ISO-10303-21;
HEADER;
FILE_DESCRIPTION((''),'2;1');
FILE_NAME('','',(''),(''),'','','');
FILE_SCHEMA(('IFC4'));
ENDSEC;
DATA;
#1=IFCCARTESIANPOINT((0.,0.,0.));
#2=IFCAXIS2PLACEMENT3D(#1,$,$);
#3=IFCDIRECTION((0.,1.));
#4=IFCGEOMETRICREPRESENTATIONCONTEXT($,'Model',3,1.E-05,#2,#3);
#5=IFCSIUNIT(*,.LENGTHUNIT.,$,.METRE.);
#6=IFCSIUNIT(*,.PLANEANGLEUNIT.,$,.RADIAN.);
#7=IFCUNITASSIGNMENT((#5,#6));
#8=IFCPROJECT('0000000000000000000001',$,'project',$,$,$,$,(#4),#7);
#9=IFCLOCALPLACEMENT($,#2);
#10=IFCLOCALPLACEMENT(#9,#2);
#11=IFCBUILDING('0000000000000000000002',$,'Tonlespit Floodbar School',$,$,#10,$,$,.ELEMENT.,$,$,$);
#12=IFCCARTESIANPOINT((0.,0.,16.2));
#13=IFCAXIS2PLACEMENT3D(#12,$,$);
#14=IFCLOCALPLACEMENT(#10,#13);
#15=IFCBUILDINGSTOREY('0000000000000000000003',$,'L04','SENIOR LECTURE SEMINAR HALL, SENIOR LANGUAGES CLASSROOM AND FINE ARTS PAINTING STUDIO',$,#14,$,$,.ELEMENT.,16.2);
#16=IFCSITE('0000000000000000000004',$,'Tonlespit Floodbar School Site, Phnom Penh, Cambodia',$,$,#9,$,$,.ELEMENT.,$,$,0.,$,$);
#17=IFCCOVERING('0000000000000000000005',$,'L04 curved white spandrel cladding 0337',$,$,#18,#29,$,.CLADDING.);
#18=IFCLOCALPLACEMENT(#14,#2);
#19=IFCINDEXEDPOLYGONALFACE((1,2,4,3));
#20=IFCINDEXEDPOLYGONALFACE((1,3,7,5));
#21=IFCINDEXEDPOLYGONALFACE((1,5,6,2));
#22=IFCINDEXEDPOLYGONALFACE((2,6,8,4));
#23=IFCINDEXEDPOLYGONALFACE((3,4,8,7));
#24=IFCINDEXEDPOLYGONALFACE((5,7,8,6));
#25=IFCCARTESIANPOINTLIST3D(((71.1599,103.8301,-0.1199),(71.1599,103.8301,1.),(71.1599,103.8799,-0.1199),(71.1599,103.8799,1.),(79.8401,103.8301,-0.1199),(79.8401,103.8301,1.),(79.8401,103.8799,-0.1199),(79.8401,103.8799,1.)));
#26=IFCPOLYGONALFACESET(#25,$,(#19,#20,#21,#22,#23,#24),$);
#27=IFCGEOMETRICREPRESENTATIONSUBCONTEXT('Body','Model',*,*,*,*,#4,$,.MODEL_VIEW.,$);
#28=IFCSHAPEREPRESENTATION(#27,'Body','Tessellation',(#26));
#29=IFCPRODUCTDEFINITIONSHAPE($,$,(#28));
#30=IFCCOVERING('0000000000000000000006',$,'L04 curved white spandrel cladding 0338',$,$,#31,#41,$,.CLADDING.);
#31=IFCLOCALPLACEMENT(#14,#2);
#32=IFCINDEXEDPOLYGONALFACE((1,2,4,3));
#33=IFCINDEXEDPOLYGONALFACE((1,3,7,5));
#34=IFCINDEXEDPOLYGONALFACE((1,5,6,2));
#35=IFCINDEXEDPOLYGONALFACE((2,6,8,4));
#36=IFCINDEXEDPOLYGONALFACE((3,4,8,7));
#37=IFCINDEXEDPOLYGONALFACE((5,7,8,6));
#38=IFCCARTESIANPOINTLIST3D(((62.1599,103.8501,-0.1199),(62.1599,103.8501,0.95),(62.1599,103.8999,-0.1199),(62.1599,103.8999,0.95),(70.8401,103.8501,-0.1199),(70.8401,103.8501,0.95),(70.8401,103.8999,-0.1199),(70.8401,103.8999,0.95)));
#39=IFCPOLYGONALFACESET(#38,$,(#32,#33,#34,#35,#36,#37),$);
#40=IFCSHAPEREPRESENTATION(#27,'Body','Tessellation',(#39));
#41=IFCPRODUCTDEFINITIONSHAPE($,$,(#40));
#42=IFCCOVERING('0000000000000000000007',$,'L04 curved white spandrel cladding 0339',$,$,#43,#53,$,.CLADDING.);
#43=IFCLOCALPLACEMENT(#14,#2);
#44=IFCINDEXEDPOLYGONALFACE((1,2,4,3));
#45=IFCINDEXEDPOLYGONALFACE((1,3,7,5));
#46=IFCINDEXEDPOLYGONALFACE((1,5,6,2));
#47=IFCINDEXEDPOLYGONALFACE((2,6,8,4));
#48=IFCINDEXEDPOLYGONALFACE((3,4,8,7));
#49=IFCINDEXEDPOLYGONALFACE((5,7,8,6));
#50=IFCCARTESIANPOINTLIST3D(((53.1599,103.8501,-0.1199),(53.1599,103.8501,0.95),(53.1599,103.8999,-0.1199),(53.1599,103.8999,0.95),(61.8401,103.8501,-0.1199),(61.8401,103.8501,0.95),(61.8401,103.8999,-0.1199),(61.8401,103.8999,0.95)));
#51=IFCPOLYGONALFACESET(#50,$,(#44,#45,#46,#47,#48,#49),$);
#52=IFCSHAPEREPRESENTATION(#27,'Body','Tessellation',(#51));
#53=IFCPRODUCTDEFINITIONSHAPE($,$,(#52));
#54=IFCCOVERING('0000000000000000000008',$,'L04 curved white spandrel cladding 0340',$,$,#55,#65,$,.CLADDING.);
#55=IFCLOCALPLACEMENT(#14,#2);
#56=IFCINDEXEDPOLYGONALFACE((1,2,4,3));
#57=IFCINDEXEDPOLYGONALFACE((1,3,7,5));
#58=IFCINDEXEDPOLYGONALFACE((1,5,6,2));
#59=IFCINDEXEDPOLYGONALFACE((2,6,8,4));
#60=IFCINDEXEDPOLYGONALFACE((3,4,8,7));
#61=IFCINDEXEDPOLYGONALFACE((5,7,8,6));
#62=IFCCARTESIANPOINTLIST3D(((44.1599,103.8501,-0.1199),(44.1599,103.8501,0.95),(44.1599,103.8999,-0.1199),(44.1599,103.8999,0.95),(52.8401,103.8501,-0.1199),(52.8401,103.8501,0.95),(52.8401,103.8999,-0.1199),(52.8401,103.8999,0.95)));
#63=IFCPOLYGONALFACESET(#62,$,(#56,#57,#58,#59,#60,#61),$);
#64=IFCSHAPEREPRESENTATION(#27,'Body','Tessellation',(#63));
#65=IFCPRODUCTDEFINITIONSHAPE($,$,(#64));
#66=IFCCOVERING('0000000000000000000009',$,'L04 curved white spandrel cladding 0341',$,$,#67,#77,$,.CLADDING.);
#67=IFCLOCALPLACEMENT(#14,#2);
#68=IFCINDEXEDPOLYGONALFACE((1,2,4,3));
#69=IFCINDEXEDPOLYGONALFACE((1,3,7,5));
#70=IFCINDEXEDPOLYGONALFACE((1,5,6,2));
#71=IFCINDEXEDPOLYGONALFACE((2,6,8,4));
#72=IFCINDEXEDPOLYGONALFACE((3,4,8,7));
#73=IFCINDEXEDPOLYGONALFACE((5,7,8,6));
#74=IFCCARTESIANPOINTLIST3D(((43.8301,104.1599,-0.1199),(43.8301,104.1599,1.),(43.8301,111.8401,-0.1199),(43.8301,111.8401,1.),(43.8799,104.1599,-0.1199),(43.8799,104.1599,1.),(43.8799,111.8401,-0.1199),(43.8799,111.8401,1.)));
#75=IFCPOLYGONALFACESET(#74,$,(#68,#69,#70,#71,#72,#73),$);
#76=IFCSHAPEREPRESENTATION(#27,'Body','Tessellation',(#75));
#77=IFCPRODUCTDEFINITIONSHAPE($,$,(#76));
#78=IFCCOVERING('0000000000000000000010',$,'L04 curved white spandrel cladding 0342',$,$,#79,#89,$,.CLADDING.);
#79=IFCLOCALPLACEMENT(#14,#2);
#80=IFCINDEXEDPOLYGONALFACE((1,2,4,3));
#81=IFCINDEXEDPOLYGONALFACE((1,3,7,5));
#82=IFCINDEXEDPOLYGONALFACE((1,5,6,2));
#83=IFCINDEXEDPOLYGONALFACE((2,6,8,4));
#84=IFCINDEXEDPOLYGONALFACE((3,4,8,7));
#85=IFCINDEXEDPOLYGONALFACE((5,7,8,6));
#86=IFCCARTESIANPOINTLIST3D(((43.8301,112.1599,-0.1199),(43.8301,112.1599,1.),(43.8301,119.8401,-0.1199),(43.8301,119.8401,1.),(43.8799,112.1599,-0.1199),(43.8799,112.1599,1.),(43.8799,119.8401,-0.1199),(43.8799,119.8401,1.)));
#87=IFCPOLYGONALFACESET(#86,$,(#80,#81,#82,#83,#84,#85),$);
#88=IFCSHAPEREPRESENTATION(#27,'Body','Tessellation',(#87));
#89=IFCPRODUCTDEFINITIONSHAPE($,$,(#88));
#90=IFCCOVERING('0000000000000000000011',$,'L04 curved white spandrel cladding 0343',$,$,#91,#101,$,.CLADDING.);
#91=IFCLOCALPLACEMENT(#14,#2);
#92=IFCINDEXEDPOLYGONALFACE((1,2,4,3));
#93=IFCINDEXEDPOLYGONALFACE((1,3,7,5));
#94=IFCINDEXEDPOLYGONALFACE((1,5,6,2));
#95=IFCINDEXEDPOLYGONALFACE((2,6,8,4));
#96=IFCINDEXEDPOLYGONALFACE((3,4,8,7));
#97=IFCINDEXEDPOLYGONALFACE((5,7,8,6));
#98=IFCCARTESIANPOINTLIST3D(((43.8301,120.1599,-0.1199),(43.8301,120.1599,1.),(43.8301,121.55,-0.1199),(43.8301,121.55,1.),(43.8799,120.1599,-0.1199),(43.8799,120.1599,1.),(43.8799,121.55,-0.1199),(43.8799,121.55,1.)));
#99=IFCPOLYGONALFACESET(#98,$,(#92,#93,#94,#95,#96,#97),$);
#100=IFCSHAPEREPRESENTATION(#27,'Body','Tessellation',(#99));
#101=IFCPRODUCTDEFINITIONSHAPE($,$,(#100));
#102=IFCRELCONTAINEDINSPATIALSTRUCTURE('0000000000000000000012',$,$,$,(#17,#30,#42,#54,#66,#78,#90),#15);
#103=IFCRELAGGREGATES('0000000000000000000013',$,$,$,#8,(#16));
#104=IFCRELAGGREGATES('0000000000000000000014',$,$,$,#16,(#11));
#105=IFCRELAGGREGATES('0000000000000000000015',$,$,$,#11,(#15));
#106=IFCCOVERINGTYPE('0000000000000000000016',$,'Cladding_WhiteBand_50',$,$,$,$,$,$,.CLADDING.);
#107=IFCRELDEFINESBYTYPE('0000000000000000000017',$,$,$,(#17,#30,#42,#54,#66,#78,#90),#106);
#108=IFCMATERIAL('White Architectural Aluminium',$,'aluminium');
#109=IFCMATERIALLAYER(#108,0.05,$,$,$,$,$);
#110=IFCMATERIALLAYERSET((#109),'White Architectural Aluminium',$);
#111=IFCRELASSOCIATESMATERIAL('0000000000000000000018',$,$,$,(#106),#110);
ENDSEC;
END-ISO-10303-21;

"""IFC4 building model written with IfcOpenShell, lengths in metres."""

from ifc_helpers import new_model, si_unit, direction, frame, origin, place, context, subcontext, project, spatial, polyline, outline, extrude, material, layer, layer_set, type_object, element, save


model = new_model("IFC4")

# Units and contexts
model_context = context("Model", 3, precision=1e-05, world=origin(), true_north=direction((0.0, 1.0)))
body_context = subcontext(model_context, "Body", "Model", "MODEL_VIEW")
ifc_project = project(units=[si_unit("LENGTHUNIT", "METRE"), si_unit("PLANEANGLEUNIT", "RADIAN")], contexts=[model_context])

# Site, building, storey
site_placement = place(None, origin())
site = spatial("IfcSite", under=ifc_project, at=site_placement, Name="Tonlespit Floodbar School Site, Phnom Penh, Cambodia", CompositionType="ELEMENT", RefElevation=0.0)
building_placement = place(site_placement, origin())
building = spatial("IfcBuilding", under=site, at=building_placement, Name="Tonlespit Floodbar School", CompositionType="ELEMENT")
storey_placement = place(building_placement, frame((0.0, 0.0, 16.2)))
storey = spatial("IfcBuildingStorey", under=building, at=storey_placement, Name="L04", Description="SENIOR LECTURE SEMINAR HALL, SENIOR LANGUAGES CLASSROOM AND FINE ARTS PAINTING STUDIO", CompositionType="ELEMENT", Elevation=16.2)

# Coverings
ifc_material = material(Name="White Architectural Aluminium", Category="aluminium")
ifc_layer = layer(ifc_material, 0.05)
ifc_layer_set = layer_set([ifc_layer], Name="White Architectural Aluminium")
covering_type = type_object("IfcCoveringType", Name="Cladding_WhiteBand_50", PredefinedType="CLADDING", material=ifc_layer_set)
covering_1_placement = place(storey_placement, frame((0.0, 0.0, -0.1199)))
element("IfcCovering", 1, at=covering_1_placement, inside=storey, type_object=covering_type, Name="L04 curved white spandrel cladding 0337", PredefinedType="CLADDING", context=body_context, shape_type="SweptSolid", body=[
    extrude(outline(polyline([(79.8401, 103.8799), (71.1599, 103.8799), (71.1599, 103.8301), (79.8401, 103.8301), (79.8401, 103.8799)])), origin(), (0.0, 0.0, 1.0), 1.1199),
])
covering_2_placement = place(storey_placement, frame((0.0, 0.0, -0.1199)))
element("IfcCovering", 2, at=covering_2_placement, inside=storey, type_object=covering_type, Name="L04 curved white spandrel cladding 0338", PredefinedType="CLADDING", context=body_context, shape_type="SweptSolid", body=[
    extrude(outline(polyline([(70.8401, 103.8999), (62.1599, 103.8999), (62.1599, 103.8501), (70.8401, 103.8501), (70.8401, 103.8999)])), origin(), (0.0, 0.0, 1.0), 1.0698),
])
covering_3_placement = place(storey_placement, frame((0.0, 0.0, -0.1199)))
element("IfcCovering", 3, at=covering_3_placement, inside=storey, type_object=covering_type, Name="L04 curved white spandrel cladding 0339", PredefinedType="CLADDING", context=body_context, shape_type="SweptSolid", body=[
    extrude(outline(polyline([(61.8401, 103.8999), (53.1599, 103.8999), (53.1599, 103.8501), (61.8401, 103.8501), (61.8401, 103.8999)])), origin(), (0.0, 0.0, 1.0), 1.0698),
])
covering_4_placement = place(storey_placement, frame((0.0, 0.0, -0.1199)))
element("IfcCovering", 4, at=covering_4_placement, inside=storey, type_object=covering_type, Name="L04 curved white spandrel cladding 0340", PredefinedType="CLADDING", context=body_context, shape_type="SweptSolid", body=[
    extrude(outline(polyline([(52.8401, 103.8999), (44.1599, 103.8999), (44.1599, 103.8501), (52.8401, 103.8501), (52.8401, 103.8999)])), origin(), (0.0, 0.0, 1.0), 1.0698),
])
covering_5_placement = place(storey_placement, frame((0.0, 0.0, -0.1199)))
element("IfcCovering", 5, at=covering_5_placement, inside=storey, type_object=covering_type, Name="L04 curved white spandrel cladding 0341", PredefinedType="CLADDING", context=body_context, shape_type="SweptSolid", body=[
    extrude(outline(polyline([(43.8799, 104.1599), (43.8799, 111.8401), (43.8301, 111.8401), (43.8301, 104.1599), (43.8799, 104.1599)])), origin(), (0.0, 0.0, 1.0), 1.1199),
])
covering_6_placement = place(storey_placement, frame((0.0, 0.0, -0.1199)))
element("IfcCovering", 6, at=covering_6_placement, inside=storey, type_object=covering_type, Name="L04 curved white spandrel cladding 0342", PredefinedType="CLADDING", context=body_context, shape_type="SweptSolid", body=[
    extrude(outline(polyline([(43.8799, 112.1599), (43.8799, 119.8401), (43.8301, 119.8401), (43.8301, 112.1599), (43.8799, 112.1599)])), origin(), (0.0, 0.0, 1.0), 1.1199),
])
covering_7_placement = place(storey_placement, frame((0.0, 0.0, -0.1199)))
element("IfcCovering", 7, at=covering_7_placement, inside=storey, type_object=covering_type, Name="L04 curved white spandrel cladding 0343", PredefinedType="CLADDING", context=body_context, shape_type="SweptSolid", body=[
    extrude(outline(polyline([(43.8799, 120.1599), (43.8799, 121.55), (43.8301, 121.55), (43.8301, 120.1599), (43.8799, 120.1599)])), origin(), (0.0, 0.0, 1.0), 1.1199),
])

save(model, "model.ifc")
